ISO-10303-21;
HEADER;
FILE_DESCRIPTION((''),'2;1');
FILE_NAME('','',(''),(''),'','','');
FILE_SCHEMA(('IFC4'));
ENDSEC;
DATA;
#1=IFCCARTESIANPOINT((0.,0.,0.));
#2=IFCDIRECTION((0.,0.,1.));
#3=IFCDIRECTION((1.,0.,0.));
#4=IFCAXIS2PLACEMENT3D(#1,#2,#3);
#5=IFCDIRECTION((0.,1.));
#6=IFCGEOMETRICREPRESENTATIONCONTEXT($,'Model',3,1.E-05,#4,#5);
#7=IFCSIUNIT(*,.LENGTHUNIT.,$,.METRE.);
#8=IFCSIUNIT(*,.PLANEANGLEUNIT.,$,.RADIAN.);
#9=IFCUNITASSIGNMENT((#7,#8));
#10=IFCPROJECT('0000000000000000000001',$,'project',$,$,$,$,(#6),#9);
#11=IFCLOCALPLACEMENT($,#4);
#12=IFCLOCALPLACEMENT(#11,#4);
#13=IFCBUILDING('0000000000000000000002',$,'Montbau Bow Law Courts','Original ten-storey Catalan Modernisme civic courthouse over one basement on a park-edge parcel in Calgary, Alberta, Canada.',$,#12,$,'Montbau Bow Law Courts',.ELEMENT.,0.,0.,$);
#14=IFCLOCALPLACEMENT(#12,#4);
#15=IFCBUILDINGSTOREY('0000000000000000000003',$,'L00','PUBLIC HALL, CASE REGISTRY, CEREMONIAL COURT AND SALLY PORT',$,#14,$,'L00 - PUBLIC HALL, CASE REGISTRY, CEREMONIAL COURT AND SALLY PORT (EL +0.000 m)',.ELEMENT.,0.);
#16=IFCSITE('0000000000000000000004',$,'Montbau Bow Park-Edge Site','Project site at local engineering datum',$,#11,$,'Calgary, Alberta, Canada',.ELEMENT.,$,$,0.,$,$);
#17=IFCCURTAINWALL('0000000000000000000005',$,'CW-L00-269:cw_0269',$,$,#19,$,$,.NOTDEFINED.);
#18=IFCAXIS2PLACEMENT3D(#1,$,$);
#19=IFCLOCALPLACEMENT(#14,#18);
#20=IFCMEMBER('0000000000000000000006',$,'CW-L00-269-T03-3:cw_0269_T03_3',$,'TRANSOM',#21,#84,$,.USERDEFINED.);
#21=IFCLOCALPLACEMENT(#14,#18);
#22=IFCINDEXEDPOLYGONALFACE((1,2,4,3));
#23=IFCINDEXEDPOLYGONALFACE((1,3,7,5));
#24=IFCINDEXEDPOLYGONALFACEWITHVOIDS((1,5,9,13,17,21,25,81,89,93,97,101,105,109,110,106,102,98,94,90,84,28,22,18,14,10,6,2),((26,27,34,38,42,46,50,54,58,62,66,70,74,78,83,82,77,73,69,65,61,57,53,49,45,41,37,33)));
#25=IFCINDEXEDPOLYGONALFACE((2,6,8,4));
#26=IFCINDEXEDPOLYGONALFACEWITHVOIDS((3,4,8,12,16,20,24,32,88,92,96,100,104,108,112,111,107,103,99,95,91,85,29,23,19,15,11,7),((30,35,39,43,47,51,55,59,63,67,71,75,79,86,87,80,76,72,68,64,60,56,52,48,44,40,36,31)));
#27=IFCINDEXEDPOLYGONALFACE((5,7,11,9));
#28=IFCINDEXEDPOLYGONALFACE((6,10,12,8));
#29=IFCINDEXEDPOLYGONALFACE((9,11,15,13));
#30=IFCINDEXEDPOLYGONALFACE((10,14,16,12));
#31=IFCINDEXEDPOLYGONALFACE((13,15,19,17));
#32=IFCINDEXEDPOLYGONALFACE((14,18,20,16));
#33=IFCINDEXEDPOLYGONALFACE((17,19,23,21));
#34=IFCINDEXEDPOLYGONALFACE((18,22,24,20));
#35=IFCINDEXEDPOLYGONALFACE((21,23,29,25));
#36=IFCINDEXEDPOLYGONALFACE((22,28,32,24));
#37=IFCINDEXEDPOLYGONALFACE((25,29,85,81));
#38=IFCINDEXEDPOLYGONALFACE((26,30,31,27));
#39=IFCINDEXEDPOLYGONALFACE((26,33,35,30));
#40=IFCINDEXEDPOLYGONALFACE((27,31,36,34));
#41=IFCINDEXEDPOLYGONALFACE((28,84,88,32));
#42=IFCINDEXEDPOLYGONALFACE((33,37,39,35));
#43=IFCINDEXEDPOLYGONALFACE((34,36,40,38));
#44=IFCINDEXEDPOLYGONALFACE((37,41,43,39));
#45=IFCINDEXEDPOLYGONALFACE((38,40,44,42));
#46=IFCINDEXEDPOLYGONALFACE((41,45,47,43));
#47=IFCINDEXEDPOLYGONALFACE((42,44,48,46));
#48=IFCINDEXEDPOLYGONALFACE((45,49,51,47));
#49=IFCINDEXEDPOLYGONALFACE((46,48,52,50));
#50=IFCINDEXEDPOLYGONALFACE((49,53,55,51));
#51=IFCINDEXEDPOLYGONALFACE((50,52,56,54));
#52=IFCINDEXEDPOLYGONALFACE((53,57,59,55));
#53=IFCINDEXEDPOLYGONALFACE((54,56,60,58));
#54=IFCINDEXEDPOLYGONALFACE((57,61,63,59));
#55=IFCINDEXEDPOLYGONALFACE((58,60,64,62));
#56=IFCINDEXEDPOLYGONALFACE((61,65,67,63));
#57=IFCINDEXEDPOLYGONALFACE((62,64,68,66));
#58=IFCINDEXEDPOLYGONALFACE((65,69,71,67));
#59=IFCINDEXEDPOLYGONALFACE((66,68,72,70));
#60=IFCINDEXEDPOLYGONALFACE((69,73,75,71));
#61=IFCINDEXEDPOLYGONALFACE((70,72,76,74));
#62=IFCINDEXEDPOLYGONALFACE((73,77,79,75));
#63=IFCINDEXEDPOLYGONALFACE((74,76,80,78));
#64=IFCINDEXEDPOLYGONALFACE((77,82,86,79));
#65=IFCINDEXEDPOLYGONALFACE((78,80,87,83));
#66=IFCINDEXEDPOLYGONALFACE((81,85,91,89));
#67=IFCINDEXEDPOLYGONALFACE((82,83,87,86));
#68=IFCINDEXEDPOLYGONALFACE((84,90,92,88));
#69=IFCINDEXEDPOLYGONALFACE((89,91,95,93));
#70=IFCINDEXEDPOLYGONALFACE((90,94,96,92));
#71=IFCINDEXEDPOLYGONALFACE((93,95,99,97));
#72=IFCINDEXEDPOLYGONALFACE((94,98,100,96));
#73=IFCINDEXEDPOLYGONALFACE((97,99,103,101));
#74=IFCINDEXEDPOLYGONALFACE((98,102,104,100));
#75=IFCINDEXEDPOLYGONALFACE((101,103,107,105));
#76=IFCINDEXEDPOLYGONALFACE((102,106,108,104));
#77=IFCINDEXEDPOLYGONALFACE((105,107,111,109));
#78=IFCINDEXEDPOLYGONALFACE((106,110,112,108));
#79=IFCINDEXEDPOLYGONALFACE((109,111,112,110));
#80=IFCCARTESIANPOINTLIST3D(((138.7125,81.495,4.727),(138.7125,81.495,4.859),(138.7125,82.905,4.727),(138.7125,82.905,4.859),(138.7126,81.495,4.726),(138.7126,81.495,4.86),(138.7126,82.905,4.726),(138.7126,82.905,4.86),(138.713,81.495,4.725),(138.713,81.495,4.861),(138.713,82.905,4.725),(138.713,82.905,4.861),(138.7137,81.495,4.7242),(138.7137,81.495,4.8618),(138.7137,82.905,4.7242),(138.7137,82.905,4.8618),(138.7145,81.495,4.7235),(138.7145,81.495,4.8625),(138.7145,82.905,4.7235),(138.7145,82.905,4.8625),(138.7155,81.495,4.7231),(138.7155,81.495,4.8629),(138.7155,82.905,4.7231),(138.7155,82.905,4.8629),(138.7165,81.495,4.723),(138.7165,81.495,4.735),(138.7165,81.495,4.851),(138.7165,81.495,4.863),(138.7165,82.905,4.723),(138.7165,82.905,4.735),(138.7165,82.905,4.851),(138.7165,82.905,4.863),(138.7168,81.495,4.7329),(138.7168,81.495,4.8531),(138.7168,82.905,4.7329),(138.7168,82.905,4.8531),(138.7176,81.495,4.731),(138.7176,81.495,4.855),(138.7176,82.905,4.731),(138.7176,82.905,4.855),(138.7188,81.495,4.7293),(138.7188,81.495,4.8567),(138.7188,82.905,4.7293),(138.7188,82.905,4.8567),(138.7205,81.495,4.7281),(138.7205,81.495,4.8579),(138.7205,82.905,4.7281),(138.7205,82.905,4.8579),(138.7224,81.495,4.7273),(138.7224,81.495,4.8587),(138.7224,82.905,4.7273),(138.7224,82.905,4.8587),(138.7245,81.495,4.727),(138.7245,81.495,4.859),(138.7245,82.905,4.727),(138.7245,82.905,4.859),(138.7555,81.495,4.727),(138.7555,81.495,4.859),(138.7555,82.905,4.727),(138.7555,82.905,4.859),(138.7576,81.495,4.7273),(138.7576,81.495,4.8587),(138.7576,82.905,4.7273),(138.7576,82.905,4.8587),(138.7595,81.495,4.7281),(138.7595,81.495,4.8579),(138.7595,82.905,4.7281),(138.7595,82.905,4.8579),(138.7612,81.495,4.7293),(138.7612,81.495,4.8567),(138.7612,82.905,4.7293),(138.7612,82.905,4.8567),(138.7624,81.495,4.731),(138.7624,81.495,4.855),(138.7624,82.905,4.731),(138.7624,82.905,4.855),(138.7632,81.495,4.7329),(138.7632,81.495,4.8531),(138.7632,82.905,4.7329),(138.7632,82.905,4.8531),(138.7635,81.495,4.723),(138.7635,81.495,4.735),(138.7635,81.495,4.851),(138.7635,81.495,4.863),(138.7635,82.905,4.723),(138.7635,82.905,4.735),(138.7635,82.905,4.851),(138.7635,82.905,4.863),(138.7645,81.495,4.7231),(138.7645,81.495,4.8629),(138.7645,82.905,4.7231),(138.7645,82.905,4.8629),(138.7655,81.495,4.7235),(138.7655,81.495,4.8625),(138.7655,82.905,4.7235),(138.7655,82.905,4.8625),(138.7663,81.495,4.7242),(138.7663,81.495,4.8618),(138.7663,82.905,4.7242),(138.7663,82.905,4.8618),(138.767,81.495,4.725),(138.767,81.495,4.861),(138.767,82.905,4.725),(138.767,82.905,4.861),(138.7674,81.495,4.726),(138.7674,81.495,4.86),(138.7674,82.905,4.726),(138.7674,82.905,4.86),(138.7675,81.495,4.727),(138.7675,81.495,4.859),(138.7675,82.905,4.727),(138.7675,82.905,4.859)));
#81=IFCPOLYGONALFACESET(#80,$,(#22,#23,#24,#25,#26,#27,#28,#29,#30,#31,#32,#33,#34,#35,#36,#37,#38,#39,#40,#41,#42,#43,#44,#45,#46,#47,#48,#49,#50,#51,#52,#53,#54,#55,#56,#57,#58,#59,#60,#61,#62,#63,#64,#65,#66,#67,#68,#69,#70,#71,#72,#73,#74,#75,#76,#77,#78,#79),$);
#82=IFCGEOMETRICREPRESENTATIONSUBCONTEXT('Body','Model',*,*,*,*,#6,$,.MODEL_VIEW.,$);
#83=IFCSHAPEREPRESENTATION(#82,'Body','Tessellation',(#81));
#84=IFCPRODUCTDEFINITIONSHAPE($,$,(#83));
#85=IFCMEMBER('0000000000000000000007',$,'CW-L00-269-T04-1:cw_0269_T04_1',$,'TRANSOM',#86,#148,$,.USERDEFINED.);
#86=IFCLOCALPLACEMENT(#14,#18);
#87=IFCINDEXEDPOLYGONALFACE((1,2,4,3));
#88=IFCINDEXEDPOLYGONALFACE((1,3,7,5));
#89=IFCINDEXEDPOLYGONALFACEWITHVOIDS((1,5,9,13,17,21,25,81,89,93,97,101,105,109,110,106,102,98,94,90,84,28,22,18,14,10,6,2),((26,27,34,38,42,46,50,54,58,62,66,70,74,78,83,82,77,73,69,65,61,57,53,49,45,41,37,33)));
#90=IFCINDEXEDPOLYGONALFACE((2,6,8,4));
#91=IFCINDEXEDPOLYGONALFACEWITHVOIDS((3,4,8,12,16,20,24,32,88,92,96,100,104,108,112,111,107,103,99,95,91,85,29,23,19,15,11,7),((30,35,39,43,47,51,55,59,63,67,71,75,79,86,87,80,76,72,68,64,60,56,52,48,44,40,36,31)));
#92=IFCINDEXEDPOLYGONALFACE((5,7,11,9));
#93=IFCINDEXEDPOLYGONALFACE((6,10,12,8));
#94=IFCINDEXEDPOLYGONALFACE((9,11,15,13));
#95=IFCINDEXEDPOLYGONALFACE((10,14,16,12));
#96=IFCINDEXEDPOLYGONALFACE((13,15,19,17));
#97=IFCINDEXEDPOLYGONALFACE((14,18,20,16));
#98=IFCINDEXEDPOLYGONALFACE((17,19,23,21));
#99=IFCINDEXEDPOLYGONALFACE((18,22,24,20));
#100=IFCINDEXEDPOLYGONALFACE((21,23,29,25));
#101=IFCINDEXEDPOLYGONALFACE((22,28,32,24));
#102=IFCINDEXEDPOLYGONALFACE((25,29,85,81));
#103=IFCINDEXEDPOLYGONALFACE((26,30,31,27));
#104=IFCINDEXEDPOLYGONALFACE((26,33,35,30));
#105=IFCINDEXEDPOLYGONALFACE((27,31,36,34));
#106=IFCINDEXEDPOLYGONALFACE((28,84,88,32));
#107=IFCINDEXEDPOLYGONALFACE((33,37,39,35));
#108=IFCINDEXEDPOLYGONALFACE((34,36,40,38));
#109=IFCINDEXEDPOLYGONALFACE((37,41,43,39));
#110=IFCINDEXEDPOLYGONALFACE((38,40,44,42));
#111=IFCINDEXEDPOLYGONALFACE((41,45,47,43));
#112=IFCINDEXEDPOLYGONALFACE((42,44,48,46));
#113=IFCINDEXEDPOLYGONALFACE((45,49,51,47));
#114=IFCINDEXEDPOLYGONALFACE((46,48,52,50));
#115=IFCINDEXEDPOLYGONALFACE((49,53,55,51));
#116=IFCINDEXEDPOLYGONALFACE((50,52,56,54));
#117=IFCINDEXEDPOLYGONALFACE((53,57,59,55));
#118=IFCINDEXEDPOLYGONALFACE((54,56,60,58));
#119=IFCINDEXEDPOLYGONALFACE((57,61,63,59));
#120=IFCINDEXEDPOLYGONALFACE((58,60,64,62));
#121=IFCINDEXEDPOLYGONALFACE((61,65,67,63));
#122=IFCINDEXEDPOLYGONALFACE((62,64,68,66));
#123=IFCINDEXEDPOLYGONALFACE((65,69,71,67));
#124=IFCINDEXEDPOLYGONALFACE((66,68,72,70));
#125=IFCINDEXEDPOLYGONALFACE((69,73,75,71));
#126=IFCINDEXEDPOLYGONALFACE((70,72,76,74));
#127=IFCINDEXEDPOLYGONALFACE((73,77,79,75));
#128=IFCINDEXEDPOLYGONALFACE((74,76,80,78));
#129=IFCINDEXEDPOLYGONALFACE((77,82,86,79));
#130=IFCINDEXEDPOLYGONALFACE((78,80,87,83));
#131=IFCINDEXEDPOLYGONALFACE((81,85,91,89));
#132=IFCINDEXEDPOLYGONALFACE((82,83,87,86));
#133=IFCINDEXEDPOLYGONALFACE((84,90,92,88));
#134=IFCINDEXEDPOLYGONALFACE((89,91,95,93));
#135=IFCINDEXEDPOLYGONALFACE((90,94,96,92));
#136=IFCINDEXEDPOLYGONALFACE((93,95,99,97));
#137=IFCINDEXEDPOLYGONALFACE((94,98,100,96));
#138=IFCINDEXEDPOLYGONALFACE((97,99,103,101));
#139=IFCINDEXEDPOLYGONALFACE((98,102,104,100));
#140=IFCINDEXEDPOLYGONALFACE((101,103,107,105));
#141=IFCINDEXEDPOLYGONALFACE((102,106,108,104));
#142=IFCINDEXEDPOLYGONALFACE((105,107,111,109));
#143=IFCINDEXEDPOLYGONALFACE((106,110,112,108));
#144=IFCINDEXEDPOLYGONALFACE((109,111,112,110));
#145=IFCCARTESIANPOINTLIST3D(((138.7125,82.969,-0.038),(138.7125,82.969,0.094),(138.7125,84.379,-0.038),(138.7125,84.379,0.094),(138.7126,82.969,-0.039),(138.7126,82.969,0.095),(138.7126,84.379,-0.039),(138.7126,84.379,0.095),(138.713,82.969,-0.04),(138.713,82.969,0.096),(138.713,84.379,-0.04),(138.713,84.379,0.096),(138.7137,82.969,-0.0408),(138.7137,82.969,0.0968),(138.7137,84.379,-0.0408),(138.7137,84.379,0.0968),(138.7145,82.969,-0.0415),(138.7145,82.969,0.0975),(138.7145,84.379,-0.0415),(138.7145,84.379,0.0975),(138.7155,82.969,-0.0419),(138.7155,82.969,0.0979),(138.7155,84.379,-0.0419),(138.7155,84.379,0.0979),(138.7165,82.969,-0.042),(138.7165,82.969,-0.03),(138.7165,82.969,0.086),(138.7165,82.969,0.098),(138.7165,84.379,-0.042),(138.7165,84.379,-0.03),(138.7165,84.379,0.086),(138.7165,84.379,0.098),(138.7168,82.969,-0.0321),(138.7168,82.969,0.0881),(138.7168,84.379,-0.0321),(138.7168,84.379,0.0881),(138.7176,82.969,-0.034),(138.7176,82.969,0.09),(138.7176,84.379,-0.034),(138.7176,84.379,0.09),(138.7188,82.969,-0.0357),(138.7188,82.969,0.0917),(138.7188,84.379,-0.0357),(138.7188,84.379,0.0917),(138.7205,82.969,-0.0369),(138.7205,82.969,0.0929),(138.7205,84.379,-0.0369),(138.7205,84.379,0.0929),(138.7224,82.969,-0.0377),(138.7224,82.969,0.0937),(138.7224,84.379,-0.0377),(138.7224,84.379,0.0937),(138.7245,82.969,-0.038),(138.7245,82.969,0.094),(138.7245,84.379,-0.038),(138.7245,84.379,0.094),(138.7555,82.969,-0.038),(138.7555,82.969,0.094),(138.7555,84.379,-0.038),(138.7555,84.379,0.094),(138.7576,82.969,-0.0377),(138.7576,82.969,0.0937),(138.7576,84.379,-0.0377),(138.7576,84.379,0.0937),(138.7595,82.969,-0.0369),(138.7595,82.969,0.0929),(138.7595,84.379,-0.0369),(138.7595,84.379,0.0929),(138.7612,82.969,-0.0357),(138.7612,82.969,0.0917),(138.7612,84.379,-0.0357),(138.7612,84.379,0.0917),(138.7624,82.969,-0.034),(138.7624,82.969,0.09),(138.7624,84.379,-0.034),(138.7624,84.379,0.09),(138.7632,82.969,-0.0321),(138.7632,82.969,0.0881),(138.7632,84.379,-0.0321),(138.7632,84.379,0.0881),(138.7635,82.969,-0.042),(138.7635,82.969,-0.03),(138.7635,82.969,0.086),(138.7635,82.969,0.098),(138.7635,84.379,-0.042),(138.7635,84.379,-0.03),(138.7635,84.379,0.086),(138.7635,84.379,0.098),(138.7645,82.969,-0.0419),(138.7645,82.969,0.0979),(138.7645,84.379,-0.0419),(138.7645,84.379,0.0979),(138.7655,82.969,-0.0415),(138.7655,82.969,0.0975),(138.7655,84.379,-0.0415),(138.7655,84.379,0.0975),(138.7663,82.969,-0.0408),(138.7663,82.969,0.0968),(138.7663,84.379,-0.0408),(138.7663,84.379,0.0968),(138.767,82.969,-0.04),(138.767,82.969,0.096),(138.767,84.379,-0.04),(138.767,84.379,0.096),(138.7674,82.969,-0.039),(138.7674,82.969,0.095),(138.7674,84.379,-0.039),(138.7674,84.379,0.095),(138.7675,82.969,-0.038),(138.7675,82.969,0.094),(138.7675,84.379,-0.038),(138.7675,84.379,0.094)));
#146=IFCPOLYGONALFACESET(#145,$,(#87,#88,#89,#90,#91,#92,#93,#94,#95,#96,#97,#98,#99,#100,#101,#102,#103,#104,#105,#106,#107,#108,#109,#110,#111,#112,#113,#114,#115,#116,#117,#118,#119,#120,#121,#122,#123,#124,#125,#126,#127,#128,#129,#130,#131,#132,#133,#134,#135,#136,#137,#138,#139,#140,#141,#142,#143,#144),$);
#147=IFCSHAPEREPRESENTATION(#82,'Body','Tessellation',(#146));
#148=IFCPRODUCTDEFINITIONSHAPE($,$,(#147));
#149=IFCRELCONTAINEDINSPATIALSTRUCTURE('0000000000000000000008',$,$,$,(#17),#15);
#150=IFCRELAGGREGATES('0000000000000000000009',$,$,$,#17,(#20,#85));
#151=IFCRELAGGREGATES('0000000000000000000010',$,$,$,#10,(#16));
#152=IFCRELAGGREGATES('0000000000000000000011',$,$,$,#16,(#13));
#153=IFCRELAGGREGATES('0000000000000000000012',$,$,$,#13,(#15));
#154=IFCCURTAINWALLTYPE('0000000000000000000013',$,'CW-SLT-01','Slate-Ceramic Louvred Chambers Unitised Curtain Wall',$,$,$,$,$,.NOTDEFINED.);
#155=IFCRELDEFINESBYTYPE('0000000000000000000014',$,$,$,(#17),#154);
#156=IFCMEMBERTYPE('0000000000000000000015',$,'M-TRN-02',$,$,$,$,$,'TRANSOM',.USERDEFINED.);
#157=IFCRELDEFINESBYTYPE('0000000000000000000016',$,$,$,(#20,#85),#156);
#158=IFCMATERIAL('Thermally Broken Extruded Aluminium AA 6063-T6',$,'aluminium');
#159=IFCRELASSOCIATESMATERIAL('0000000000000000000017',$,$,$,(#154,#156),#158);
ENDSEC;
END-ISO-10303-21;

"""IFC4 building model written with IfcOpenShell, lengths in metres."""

from ifc_helpers import new_model, si_unit, direction, frame, origin_with_axes, origin_2d_with_axis, place, context, subcontext, project, spatial, hollow_rectangle, extrude, material, material_profile, profile_set, type_object, element, aggregate, save


model = new_model("IFC4")

# Units and contexts
model_context = context("Model", 3, precision=1e-05, world=origin_with_axes(), true_north=direction((0.0, 1.0)))
body_context = subcontext(model_context, "Body", "Model", "MODEL_VIEW")
ifc_project = project(units=[si_unit("LENGTHUNIT", "METRE"), si_unit("PLANEANGLEUNIT", "RADIAN")], contexts=[model_context])

# Site, building, storey
site_placement = place(None, origin_with_axes())
site = spatial("IfcSite", under=ifc_project, at=site_placement, Name="Montbau Bow Park-Edge Site", Description="Project site at local engineering datum", LongName="Calgary, Alberta, Canada", CompositionType="ELEMENT", RefElevation=0.0)
building_placement = place(site_placement, origin_with_axes())
building = spatial("IfcBuilding", under=site, at=building_placement, Name="Montbau Bow Law Courts", Description="Original ten-storey Catalan Modernisme civic courthouse over one basement on a park-edge parcel in Calgary, Alberta, Canada.", LongName="Montbau Bow Law Courts", CompositionType="ELEMENT", ElevationOfRefHeight=0.0, ElevationOfTerrain=0.0)
storey_placement = place(building_placement, origin_with_axes())
storey = spatial("IfcBuildingStorey", under=building, at=storey_placement, Name="L00", Description="PUBLIC HALL, CASE REGISTRY, CEREMONIAL COURT AND SALLY PORT", LongName="L00 - PUBLIC HALL, CASE REGISTRY, CEREMONIAL COURT AND SALLY PORT (EL +0.000 m)", CompositionType="ELEMENT", Elevation=0.0)

# Shared definitions
ifc_material_1 = material(Name="Thermally Broken Extruded Aluminium AA 6063-T6", Category="aluminium")
curtain_wall_type = type_object("IfcCurtainWallType", Name="CW-SLT-01", Description="Slate-Ceramic Louvred Chambers Unitised Curtain Wall", PredefinedType="NOTDEFINED", material=ifc_material_1)

# Curtain wall
curtain_wall_1_placement = place(None, frame((138.74, 78.515, 0.0), z_axis=(0.0, 0.0, 1.0), x_axis=(1.0, 0.0, 0.0)))
curtain_wall_1 = element("IfcCurtainWall", 1, at=curtain_wall_1_placement, inside=storey, type_object=curtain_wall_type, Name="CW-L00-269:cw_0269", PredefinedType="NOTDEFINED")

# Members
ifc_material_profile_1 = material_profile(ifc_material_1, hollow_rectangle(XDim=0.055, YDim=0.14, WallThickness=0.004, InnerFilletRadius=0.008, OuterFilletRadius=0.004, at=origin_2d_with_axis()), Name="CWT-140X55", Category="Main", Priority=0)
ifc_profile_set_1 = profile_set([ifc_material_profile_1], Name="Thermally Broken Extruded Aluminium AA 6063-T6")
member_type_1 = type_object("IfcMemberType", Name="M-TRN-02", ElementType="TRANSOM", PredefinedType="USERDEFINED", material=ifc_profile_set_1)
member_1_placement = place(None, frame((138.74, 81.495, 4.793), z_axis=(0.0, 1.0, 0.0), x_axis=(-1.0, 0.0, 0.0)))
member_1 = element("IfcMember", 2, at=member_1_placement, type_object=member_type_1, Name="CW-L00-269-T03-3:cw_0269_T03_3", ObjectType="TRANSOM", PredefinedType="USERDEFINED", context=body_context, shape_type="SweptSolid", body=[
    extrude(hollow_rectangle(XDim=0.055, YDim=0.14, WallThickness=0.004, InnerFilletRadius=0.008, OuterFilletRadius=0.004, at=origin_2d_with_axis()), origin_with_axes(), (0.0, 0.0, 1.0), 1.41),
])
member_2_placement = place(None, frame((138.74, 82.969, 0.028), z_axis=(0.0, 1.0, 0.0), x_axis=(-1.0, 0.0, 0.0)))
member_2 = element("IfcMember", 3, at=member_2_placement, type_object=member_type_1, Name="CW-L00-269-T04-1:cw_0269_T04_1", ObjectType="TRANSOM", PredefinedType="USERDEFINED", context=body_context, shape_type="SweptSolid", body=[
    extrude(hollow_rectangle(XDim=0.055, YDim=0.14, WallThickness=0.004, InnerFilletRadius=0.008, OuterFilletRadius=0.004, at=origin_2d_with_axis()), origin_with_axes(), (0.0, 0.0, 1.0), 1.41),
])

aggregate(curtain_wall_1, [member_1, member_2])

save(model, "model.ifc")
